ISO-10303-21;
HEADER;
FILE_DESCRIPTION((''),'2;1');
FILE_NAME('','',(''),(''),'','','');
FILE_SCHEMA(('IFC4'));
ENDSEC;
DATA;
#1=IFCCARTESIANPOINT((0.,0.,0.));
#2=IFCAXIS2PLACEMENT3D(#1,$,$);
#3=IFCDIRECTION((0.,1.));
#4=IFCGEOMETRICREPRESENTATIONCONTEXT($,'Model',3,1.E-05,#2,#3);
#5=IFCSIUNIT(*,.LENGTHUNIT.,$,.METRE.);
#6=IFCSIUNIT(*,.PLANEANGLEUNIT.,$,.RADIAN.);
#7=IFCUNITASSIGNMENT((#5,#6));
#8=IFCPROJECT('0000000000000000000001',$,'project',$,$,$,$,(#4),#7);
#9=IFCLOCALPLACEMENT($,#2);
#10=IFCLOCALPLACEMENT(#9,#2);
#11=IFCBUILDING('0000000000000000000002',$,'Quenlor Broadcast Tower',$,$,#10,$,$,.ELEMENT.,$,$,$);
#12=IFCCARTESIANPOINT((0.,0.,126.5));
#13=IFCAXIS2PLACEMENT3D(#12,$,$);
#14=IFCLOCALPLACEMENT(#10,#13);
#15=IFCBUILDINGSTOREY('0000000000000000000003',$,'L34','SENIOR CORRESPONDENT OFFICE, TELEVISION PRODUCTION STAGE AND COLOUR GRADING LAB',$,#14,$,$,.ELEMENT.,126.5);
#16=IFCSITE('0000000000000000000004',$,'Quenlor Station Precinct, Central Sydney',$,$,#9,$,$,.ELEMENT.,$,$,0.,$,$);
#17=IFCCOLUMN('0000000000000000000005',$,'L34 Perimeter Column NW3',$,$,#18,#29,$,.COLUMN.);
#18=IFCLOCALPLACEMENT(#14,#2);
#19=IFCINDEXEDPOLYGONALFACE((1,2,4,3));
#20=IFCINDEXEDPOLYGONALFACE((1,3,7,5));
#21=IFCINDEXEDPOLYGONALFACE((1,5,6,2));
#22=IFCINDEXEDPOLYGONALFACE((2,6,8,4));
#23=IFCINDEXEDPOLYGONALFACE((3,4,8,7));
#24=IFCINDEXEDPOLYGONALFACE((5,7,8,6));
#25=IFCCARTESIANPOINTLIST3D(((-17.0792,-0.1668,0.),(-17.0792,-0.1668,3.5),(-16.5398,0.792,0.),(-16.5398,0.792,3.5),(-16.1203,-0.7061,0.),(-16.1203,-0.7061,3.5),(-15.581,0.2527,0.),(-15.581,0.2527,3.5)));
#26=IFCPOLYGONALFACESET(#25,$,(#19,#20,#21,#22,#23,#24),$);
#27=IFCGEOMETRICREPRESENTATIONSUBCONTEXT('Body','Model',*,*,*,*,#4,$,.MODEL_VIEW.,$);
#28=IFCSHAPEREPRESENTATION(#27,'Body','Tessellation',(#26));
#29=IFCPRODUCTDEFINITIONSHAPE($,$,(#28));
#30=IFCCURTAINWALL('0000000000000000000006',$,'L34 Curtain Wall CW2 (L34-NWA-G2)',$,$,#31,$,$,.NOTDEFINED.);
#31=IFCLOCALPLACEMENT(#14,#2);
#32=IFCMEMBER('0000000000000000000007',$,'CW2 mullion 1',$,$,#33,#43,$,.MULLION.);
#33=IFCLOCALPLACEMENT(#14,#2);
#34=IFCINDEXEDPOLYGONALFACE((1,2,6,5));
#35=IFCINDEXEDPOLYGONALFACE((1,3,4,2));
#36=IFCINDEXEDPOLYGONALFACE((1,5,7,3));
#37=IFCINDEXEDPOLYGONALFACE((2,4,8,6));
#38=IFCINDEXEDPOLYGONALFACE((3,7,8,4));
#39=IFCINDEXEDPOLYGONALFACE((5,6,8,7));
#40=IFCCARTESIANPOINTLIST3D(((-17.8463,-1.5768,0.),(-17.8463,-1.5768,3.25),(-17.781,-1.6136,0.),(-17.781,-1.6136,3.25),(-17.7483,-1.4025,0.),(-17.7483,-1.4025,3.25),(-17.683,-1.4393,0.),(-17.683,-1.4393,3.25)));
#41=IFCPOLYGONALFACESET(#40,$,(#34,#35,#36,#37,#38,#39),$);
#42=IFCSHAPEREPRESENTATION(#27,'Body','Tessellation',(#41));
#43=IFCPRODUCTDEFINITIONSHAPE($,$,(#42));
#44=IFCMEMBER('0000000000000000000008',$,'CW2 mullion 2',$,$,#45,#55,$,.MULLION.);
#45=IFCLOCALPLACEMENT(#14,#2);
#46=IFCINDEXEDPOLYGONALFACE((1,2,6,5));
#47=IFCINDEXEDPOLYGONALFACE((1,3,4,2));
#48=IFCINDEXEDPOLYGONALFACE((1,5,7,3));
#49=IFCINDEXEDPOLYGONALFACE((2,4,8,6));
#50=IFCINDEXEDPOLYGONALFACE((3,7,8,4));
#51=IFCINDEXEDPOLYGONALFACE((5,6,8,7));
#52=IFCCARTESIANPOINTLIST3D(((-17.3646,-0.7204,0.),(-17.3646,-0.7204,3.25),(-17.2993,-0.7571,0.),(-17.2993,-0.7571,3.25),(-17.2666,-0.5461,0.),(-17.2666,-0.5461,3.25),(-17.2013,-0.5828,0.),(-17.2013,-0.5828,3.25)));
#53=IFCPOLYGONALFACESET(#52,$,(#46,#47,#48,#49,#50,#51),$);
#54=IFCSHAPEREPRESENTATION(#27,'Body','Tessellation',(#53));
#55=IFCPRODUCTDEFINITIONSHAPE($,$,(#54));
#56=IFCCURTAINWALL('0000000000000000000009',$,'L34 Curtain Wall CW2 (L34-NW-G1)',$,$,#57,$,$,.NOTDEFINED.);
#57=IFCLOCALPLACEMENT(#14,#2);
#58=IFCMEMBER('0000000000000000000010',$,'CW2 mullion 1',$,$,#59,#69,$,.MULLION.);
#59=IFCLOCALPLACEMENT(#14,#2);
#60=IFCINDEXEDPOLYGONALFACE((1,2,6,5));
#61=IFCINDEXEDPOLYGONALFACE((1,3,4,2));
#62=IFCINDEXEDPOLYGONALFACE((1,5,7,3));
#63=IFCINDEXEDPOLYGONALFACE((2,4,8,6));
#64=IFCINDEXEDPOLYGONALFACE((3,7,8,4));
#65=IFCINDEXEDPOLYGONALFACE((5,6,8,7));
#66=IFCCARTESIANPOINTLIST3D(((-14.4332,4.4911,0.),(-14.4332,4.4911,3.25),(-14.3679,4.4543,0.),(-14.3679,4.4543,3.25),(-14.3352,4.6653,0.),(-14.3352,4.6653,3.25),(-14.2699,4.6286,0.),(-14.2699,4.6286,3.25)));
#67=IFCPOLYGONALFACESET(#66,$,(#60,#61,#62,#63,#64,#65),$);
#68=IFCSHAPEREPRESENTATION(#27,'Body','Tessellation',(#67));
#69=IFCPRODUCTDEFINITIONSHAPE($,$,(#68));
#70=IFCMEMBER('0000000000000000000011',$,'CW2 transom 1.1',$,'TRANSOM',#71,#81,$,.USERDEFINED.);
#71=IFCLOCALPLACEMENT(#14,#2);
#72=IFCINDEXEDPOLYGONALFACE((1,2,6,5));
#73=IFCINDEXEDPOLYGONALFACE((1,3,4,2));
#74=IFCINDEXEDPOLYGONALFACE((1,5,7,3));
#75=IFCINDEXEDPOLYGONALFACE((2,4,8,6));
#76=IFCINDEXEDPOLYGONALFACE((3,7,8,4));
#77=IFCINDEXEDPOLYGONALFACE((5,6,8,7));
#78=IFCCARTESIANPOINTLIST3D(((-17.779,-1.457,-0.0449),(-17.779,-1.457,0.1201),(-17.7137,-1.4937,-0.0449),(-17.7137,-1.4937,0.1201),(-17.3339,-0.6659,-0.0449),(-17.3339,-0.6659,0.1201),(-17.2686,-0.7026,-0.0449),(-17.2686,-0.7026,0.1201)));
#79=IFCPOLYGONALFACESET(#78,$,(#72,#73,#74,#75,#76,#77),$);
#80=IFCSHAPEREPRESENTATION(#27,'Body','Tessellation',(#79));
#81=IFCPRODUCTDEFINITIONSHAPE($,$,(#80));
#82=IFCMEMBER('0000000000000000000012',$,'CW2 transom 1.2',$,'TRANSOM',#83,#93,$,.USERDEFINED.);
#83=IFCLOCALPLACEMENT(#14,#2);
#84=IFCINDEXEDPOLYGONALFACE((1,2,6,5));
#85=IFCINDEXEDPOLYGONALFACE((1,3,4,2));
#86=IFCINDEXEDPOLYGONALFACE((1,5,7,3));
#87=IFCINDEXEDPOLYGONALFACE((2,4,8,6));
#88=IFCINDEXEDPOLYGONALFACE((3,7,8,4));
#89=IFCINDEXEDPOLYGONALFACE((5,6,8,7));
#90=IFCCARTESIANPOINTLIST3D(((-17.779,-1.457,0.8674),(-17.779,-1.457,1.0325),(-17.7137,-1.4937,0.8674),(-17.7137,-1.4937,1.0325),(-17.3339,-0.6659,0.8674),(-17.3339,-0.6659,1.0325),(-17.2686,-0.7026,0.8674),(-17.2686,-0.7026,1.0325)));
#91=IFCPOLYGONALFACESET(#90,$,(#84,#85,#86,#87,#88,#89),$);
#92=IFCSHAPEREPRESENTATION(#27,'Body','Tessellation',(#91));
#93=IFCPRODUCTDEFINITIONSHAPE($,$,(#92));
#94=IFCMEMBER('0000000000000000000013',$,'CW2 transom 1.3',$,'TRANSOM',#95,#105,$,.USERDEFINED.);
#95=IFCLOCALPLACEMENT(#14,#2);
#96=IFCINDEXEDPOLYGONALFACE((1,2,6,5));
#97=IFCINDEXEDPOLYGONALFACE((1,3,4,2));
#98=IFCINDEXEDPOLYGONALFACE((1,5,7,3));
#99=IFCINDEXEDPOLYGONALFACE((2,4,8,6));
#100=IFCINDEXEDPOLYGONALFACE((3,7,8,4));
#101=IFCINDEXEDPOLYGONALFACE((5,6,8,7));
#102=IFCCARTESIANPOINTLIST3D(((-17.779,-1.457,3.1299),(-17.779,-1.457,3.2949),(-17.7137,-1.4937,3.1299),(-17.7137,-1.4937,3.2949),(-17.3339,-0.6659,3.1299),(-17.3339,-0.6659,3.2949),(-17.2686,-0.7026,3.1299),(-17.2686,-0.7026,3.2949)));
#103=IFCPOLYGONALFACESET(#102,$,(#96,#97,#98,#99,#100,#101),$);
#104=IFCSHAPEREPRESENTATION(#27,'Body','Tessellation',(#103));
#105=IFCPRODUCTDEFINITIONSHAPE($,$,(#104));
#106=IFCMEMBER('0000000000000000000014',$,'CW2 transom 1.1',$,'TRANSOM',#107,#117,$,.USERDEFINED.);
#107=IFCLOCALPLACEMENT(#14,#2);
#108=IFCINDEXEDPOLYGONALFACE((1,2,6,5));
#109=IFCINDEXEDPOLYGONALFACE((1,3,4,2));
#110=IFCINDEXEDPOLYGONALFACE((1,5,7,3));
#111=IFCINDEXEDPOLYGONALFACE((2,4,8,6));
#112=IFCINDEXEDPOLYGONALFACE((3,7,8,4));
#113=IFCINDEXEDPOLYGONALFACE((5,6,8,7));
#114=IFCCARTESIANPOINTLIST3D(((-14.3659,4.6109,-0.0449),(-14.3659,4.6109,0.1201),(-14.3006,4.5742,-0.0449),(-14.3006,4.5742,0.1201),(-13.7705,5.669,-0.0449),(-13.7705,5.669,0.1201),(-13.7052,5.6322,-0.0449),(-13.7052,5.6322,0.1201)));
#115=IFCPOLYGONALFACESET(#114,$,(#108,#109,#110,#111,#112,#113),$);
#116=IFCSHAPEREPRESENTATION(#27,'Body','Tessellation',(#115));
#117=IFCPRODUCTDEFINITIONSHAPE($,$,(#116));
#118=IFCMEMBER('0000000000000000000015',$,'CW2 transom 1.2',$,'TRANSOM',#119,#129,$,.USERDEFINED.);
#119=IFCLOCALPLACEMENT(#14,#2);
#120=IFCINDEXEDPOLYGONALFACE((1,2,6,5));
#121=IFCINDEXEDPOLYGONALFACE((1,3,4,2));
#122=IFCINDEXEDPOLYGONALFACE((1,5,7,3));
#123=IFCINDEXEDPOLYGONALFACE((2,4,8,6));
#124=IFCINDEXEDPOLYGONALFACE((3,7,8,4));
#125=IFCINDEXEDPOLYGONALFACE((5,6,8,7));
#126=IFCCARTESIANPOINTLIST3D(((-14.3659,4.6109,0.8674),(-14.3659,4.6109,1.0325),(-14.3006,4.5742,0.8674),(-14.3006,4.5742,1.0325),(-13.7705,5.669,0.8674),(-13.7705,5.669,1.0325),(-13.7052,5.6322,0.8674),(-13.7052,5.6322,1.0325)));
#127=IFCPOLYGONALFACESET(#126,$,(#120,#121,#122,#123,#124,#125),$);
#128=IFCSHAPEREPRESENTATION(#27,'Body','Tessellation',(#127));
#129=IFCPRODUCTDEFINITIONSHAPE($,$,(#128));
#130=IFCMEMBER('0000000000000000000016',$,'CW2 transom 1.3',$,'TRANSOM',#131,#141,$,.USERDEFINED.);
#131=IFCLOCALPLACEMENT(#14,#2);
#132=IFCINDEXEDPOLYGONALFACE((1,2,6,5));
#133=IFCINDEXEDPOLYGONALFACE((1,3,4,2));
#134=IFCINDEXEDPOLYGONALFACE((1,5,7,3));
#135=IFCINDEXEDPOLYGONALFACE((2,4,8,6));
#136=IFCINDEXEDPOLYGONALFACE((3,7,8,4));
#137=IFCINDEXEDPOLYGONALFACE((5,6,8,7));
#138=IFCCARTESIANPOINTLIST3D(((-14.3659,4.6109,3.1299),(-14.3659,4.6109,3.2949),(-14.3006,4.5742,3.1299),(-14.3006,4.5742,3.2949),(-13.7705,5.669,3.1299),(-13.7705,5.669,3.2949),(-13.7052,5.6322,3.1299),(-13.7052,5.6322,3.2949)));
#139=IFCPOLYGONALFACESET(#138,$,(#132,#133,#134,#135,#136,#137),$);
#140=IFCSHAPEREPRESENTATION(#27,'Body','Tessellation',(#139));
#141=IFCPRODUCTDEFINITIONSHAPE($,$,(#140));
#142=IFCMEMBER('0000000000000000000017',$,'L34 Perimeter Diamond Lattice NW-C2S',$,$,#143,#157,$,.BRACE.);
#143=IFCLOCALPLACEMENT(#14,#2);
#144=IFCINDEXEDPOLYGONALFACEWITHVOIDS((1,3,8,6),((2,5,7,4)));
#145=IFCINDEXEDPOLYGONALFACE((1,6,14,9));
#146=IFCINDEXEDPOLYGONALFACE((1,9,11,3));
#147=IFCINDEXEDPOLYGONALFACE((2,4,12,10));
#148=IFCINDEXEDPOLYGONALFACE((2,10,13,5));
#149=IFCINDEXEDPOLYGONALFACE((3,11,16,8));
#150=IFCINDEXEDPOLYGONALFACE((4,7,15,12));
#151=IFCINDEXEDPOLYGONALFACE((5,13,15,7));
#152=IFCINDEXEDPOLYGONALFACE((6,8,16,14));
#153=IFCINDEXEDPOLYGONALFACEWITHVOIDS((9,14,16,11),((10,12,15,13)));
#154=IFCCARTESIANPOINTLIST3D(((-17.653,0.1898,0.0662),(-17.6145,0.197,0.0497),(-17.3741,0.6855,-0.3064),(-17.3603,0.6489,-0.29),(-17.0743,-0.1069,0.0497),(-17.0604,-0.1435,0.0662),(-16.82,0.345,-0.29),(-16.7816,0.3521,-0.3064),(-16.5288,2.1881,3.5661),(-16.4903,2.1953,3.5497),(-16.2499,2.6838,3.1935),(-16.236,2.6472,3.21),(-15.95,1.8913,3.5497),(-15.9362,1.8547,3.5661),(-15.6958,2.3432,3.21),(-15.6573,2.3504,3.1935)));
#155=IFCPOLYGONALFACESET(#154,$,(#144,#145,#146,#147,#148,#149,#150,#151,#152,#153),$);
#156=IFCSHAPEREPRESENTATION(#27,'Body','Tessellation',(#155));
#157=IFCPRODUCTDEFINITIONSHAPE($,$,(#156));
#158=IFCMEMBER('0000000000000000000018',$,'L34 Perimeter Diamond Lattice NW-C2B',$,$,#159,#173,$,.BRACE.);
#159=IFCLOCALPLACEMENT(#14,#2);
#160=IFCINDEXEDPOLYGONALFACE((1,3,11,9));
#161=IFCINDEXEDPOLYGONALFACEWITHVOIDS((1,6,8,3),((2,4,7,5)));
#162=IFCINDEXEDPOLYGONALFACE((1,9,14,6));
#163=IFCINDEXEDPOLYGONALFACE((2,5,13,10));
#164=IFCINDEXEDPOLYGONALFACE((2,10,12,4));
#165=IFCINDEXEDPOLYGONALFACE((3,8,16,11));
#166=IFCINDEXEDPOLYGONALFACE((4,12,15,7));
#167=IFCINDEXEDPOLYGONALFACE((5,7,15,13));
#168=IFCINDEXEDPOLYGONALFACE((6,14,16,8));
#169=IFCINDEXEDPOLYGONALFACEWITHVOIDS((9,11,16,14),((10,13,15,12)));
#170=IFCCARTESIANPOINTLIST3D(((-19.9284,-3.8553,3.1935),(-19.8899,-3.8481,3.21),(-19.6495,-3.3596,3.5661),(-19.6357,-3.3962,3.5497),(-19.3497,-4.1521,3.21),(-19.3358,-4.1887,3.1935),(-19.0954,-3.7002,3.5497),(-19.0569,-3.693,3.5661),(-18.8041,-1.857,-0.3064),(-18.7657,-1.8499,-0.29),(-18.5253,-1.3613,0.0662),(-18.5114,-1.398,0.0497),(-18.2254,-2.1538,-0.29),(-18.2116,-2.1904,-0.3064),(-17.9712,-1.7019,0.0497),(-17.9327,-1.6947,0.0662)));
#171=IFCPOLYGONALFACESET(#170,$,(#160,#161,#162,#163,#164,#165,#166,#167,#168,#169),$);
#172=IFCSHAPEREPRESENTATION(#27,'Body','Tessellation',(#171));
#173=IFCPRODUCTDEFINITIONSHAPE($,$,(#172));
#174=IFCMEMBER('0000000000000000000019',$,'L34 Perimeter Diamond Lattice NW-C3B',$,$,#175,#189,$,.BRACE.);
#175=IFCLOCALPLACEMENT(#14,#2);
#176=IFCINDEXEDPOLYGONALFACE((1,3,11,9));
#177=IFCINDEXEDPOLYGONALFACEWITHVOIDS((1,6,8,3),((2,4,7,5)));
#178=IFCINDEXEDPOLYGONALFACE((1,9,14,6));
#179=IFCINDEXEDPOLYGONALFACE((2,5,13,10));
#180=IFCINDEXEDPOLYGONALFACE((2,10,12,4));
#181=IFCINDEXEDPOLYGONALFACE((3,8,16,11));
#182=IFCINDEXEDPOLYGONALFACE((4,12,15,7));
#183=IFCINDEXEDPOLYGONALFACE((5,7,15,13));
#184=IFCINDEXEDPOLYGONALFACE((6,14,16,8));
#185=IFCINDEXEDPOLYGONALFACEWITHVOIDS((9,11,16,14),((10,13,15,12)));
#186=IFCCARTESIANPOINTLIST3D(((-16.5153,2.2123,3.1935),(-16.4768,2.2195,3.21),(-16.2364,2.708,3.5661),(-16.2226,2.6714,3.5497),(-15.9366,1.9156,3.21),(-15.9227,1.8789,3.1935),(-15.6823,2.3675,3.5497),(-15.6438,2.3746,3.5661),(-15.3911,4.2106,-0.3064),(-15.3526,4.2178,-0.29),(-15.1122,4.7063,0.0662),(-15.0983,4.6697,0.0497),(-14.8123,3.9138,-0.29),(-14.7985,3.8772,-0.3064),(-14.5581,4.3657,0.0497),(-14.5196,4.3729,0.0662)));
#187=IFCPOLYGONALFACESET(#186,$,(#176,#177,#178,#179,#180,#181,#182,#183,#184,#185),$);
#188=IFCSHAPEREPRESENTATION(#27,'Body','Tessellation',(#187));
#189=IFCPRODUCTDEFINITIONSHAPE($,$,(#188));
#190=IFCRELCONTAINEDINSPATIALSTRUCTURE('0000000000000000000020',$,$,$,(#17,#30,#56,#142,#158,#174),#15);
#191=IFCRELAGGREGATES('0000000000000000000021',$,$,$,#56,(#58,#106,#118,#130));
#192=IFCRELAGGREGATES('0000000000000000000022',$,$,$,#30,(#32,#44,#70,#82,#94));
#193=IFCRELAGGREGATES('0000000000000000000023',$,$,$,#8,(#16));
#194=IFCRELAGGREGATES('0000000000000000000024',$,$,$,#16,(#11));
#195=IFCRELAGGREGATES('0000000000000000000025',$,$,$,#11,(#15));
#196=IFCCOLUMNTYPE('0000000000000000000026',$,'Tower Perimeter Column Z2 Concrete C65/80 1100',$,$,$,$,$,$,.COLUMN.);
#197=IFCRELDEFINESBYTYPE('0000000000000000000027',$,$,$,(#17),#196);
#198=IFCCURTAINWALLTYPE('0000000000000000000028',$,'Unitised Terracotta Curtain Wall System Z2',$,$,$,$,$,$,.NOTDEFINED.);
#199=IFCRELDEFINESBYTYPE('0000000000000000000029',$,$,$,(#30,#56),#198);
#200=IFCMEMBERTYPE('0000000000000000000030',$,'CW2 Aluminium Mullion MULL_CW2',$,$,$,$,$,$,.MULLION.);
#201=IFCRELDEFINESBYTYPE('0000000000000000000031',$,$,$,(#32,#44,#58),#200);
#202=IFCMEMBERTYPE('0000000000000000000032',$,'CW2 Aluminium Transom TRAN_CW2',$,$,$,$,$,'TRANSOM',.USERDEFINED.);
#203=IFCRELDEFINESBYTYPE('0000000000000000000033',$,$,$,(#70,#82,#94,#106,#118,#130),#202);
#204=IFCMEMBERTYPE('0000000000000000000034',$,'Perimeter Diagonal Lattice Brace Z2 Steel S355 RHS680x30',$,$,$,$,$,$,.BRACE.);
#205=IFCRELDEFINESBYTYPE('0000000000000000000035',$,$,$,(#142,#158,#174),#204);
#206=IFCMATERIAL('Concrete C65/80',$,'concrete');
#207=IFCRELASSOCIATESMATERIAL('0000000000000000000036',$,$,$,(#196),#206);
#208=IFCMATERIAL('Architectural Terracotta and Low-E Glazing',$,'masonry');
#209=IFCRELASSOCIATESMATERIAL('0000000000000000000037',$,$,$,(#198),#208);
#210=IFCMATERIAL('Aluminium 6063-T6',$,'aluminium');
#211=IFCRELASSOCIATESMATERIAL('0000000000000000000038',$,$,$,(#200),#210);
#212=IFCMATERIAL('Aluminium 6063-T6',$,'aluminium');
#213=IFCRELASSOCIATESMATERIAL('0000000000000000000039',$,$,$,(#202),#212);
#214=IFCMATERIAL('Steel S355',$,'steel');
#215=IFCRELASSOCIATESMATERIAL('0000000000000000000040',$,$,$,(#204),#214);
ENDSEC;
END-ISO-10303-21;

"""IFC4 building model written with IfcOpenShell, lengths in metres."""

from ifc_helpers import new_model, si_unit, direction, frame, origin, origin_2d, place, context, subcontext, project, spatial, rectangle, hollow_rectangle, extrude, material, material_profile, profile_set, type_object, element, aggregate, save


model = new_model("IFC4")

# Units and contexts
model_context = context("Model", 3, precision=1e-05, world=origin(), true_north=direction((0.0, 1.0)))
body_context = subcontext(model_context, "Body", "Model", "MODEL_VIEW")
ifc_project = project(units=[si_unit("LENGTHUNIT", "METRE"), si_unit("PLANEANGLEUNIT", "RADIAN")], contexts=[model_context])

# Site, building, storey
site_placement = place(None, origin())
site = spatial("IfcSite", under=ifc_project, at=site_placement, Name="Quenlor Station Precinct, Central Sydney", CompositionType="ELEMENT", RefElevation=0.0)
building_placement = place(site_placement, origin())
building = spatial("IfcBuilding", under=site, at=building_placement, Name="Quenlor Broadcast Tower", CompositionType="ELEMENT")
storey_placement = place(building_placement, frame((0.0, 0.0, 126.5)))
storey = spatial("IfcBuildingStorey", under=building, at=storey_placement, Name="L34", Description="SENIOR CORRESPONDENT OFFICE, TELEVISION PRODUCTION STAGE AND COLOUR GRADING LAB", CompositionType="ELEMENT", Elevation=126.5)

# Column
ifc_material_1 = material(Name="Concrete C65/80", Category="concrete")
ifc_material_profile_1 = material_profile(ifc_material_1, rectangle(XDim=1.1001, YDim=1.1001, at=origin_2d()))
ifc_profile_set_1 = profile_set([ifc_material_profile_1], Name="Concrete C65/80 RC1100x1100")
column_type = type_object("IfcColumnType", Name="Tower Perimeter Column Z2 Concrete C65/80 1100", PredefinedType="COLUMN", material=ifc_profile_set_1)
column_placement = place(storey_placement, frame((-16.3301, 0.043, 0.0), z_axis=(0.0, 0.0, 1.0), x_axis=(-0.871575, 0.490262, 0.0)))
element("IfcColumn", 1, at=column_placement, inside=storey, type_object=column_type, Name="L34 Perimeter Column NW3", PredefinedType="COLUMN", context=body_context, shape_type="SweptSolid", body=[
    extrude(rectangle(XDim=1.1001, YDim=1.1001, at=origin_2d()), origin(), (0.0, 0.0, 1.0), 3.5),
])

# Curtain wall, members
ifc_material_2 = material(Name="Architectural Terracotta and Low-E Glazing", Category="masonry")
curtain_wall_type = type_object("IfcCurtainWallType", Name="Unitised Terracotta Curtain Wall System Z2", PredefinedType="NOTDEFINED", material=ifc_material_2)
curtain_wall_1_placement = place(storey_placement, origin())
curtain_wall_1 = element("IfcCurtainWall", 2, at=curtain_wall_1_placement, inside=storey, type_object=curtain_wall_type, Name="L34 Curtain Wall CW2 (L34-NWA-G2)", PredefinedType="NOTDEFINED")
ifc_material_3 = material(Name="Aluminium 6063-T6", Category="aluminium")
ifc_material_profile_2 = material_profile(ifc_material_3, rectangle(XDim=0.075, YDim=0.2, at=origin_2d()))
ifc_profile_set_2 = profile_set([ifc_material_profile_2], Name="Aluminium 6063-T6 MULL75x200")
member_type_1 = type_object("IfcMemberType", Name="CW2 Aluminium Mullion MULL_CW2", PredefinedType="MULLION", material=ifc_profile_set_2)
member_1_placement = place(storey_placement, frame((-17.7646, -1.5081, 0.0), z_axis=(0.0, 0.0, 1.0), x_axis=(-0.871581, 0.490252, 0.0)))
member_1 = element("IfcMember", 3, at=member_1_placement, type_object=member_type_1, Name="CW2 mullion 1", PredefinedType="MULLION", context=body_context, shape_type="SweptSolid", body=[
    extrude(rectangle(XDim=0.075, YDim=0.2, at=origin_2d()), origin(), (0.0, 0.0, 1.0), 3.25),
])
member_2_placement = place(storey_placement, frame((-17.283, -0.6516, 0.0), z_axis=(0.0, 0.0, 1.0), x_axis=(-0.871581, 0.490252, 0.0)))
member_2 = element("IfcMember", 4, at=member_2_placement, type_object=member_type_1, Name="CW2 mullion 2", PredefinedType="MULLION", context=body_context, shape_type="SweptSolid", body=[
    extrude(rectangle(XDim=0.075, YDim=0.2, at=origin_2d()), origin(), (0.0, 0.0, 1.0), 3.25),
])

# Curtain wall, member
curtain_wall_2_placement = place(storey_placement, origin())
curtain_wall_2 = element("IfcCurtainWall", 5, at=curtain_wall_2_placement, inside=storey, type_object=curtain_wall_type, Name="L34 Curtain Wall CW2 (L34-NW-G1)", PredefinedType="NOTDEFINED")
member_3_placement = place(storey_placement, frame((-14.3516, 4.5598, 0.0), z_axis=(0.0, 0.0, 1.0), x_axis=(-0.871579, 0.490254, 0.0)))
member_3 = element("IfcMember", 6, at=member_3_placement, type_object=member_type_1, Name="CW2 mullion 1", PredefinedType="MULLION", context=body_context, shape_type="SweptSolid", body=[
    extrude(rectangle(XDim=0.075, YDim=0.2, at=origin_2d()), origin(), (0.0, 0.0, 1.0), 3.25),
])

# Members
ifc_material_4 = material(Name="Aluminium 6063-T6", Category="aluminium")
ifc_material_profile_3 = material_profile(ifc_material_4, rectangle(XDim=0.075, YDim=0.165, at=origin_2d()))
ifc_profile_set_3 = profile_set([ifc_material_profile_3], Name="Aluminium 6063-T6 TRAN75x165")
member_type_2 = type_object("IfcMemberType", Name="CW2 Aluminium Transom TRAN_CW2", ElementType="TRANSOM", PredefinedType="USERDEFINED", material=ifc_profile_set_3)
member_4_placement = place(storey_placement, frame((-17.7463, -1.4753, 0.0376), z_axis=(0.490363, 0.871518, 0.0), x_axis=(-0.871518, 0.490363, 0.0)))
member_4 = element("IfcMember", 7, at=member_4_placement, type_object=member_type_2, Name="CW2 transom 1.1", ObjectType="TRANSOM", PredefinedType="USERDEFINED", context=body_context, shape_type="SweptSolid", body=[
    extrude(rectangle(XDim=0.075, YDim=0.165, at=origin_2d()), origin(), (0.0, 0.0, 1.0), 0.9077),
])
member_5_placement = place(storey_placement, frame((-17.7463, -1.4753, 0.95), z_axis=(0.490363, 0.871518, 0.0), x_axis=(-0.871518, 0.490363, 0.0)))
member_5 = element("IfcMember", 8, at=member_5_placement, type_object=member_type_2, Name="CW2 transom 1.2", ObjectType="TRANSOM", PredefinedType="USERDEFINED", context=body_context, shape_type="SweptSolid", body=[
    extrude(rectangle(XDim=0.075, YDim=0.165, at=origin_2d()), origin(), (0.0, 0.0, 1.0), 0.9077),
])
member_6_placement = place(storey_placement, frame((-17.7463, -1.4753, 3.2124), z_axis=(0.490363, 0.871518, 0.0), x_axis=(-0.871518, 0.490363, 0.0)))
member_6 = element("IfcMember", 9, at=member_6_placement, type_object=member_type_2, Name="CW2 transom 1.3", ObjectType="TRANSOM", PredefinedType="USERDEFINED", context=body_context, shape_type="SweptSolid", body=[
    extrude(rectangle(XDim=0.075, YDim=0.165, at=origin_2d()), origin(), (0.0, 0.0, 1.0), 0.9077),
])
member_7_placement = place(storey_placement, frame((-14.3333, 4.5925, 0.0376), z_axis=(0.490433, 0.871479, 0.0), x_axis=(-0.871479, 0.490433, 0.0)))
member_7 = element("IfcMember", 10, at=member_7_placement, type_object=member_type_2, Name="CW2 transom 1.1", ObjectType="TRANSOM", PredefinedType="USERDEFINED", context=body_context, shape_type="SweptSolid", body=[
    extrude(rectangle(XDim=0.075, YDim=0.165, at=origin_2d()), origin(), (0.0, 0.0, 1.0), 1.2141),
])
member_8_placement = place(storey_placement, frame((-14.3333, 4.5925, 0.95), z_axis=(0.490433, 0.871479, 0.0), x_axis=(-0.871479, 0.490433, 0.0)))
member_8 = element("IfcMember", 11, at=member_8_placement, type_object=member_type_2, Name="CW2 transom 1.2", ObjectType="TRANSOM", PredefinedType="USERDEFINED", context=body_context, shape_type="SweptSolid", body=[
    extrude(rectangle(XDim=0.075, YDim=0.165, at=origin_2d()), origin(), (0.0, 0.0, 1.0), 1.2141),
])
member_9_placement = place(storey_placement, frame((-14.3333, 4.5925, 3.2124), z_axis=(0.490433, 0.871479, 0.0), x_axis=(-0.871479, 0.490433, 0.0)))
member_9 = element("IfcMember", 12, at=member_9_placement, type_object=member_type_2, Name="CW2 transom 1.3", ObjectType="TRANSOM", PredefinedType="USERDEFINED", context=body_context, shape_type="SweptSolid", body=[
    extrude(rectangle(XDim=0.075, YDim=0.165, at=origin_2d()), origin(), (0.0, 0.0, 1.0), 1.2141),
])
aggregate(curtain_wall_2, [member_3, member_7, member_8, member_9])

# Members
ifc_material_5 = material(Name="Steel S355", Category="steel")
ifc_material_profile_4 = material_profile(ifc_material_5, hollow_rectangle(XDim=0.6799, YDim=0.6799, WallThickness=0.03, at=origin_2d()))
ifc_profile_set_4 = profile_set([ifc_material_profile_4], Name="Steel S355 RHS680x680x30")
member_type_3 = type_object("IfcMemberType", Name="Perimeter Diagonal Lattice Brace Z2 Steel S355 RHS680x30", PredefinedType="BRACE", material=ifc_profile_set_4)
for number, where, z_axis, x_axis, name in (
    (13, (-17.2173, 0.271, -0.1201), (0.268697, 0.477585, 0.836489), (-0.871533, 0.490337, 0.0), "L34 Perimeter Diamond Lattice NW-C2S"),
    (14, (-18.3684, -1.7759, -0.1201), (-0.268697, -0.477585, 0.836489), (0.871533, -0.490337, 0.0), "L34 Perimeter Diamond Lattice NW-C2B"),
    (15, (-14.9553, 4.2917, -0.1201), (-0.268697, -0.477585, 0.836489), (0.871533, -0.490337, 0.0), "L34 Perimeter Diamond Lattice NW-C3B"),
):
    element("IfcMember", number, at=place(storey_placement, frame(where, z_axis=z_axis, x_axis=x_axis)), inside=storey, type_object=member_type_3, Name=name, PredefinedType="BRACE", context=body_context, shape_type="SweptSolid", body=[
        extrude(hollow_rectangle(XDim=0.6799, YDim=0.6799, WallThickness=0.03, at=origin_2d()), origin(), (0.0, 0.0, 1.0), 4.1841),
    ])

aggregate(curtain_wall_1, [member_1, member_2, member_4, member_5, member_6])

save(model, "model.ifc")
